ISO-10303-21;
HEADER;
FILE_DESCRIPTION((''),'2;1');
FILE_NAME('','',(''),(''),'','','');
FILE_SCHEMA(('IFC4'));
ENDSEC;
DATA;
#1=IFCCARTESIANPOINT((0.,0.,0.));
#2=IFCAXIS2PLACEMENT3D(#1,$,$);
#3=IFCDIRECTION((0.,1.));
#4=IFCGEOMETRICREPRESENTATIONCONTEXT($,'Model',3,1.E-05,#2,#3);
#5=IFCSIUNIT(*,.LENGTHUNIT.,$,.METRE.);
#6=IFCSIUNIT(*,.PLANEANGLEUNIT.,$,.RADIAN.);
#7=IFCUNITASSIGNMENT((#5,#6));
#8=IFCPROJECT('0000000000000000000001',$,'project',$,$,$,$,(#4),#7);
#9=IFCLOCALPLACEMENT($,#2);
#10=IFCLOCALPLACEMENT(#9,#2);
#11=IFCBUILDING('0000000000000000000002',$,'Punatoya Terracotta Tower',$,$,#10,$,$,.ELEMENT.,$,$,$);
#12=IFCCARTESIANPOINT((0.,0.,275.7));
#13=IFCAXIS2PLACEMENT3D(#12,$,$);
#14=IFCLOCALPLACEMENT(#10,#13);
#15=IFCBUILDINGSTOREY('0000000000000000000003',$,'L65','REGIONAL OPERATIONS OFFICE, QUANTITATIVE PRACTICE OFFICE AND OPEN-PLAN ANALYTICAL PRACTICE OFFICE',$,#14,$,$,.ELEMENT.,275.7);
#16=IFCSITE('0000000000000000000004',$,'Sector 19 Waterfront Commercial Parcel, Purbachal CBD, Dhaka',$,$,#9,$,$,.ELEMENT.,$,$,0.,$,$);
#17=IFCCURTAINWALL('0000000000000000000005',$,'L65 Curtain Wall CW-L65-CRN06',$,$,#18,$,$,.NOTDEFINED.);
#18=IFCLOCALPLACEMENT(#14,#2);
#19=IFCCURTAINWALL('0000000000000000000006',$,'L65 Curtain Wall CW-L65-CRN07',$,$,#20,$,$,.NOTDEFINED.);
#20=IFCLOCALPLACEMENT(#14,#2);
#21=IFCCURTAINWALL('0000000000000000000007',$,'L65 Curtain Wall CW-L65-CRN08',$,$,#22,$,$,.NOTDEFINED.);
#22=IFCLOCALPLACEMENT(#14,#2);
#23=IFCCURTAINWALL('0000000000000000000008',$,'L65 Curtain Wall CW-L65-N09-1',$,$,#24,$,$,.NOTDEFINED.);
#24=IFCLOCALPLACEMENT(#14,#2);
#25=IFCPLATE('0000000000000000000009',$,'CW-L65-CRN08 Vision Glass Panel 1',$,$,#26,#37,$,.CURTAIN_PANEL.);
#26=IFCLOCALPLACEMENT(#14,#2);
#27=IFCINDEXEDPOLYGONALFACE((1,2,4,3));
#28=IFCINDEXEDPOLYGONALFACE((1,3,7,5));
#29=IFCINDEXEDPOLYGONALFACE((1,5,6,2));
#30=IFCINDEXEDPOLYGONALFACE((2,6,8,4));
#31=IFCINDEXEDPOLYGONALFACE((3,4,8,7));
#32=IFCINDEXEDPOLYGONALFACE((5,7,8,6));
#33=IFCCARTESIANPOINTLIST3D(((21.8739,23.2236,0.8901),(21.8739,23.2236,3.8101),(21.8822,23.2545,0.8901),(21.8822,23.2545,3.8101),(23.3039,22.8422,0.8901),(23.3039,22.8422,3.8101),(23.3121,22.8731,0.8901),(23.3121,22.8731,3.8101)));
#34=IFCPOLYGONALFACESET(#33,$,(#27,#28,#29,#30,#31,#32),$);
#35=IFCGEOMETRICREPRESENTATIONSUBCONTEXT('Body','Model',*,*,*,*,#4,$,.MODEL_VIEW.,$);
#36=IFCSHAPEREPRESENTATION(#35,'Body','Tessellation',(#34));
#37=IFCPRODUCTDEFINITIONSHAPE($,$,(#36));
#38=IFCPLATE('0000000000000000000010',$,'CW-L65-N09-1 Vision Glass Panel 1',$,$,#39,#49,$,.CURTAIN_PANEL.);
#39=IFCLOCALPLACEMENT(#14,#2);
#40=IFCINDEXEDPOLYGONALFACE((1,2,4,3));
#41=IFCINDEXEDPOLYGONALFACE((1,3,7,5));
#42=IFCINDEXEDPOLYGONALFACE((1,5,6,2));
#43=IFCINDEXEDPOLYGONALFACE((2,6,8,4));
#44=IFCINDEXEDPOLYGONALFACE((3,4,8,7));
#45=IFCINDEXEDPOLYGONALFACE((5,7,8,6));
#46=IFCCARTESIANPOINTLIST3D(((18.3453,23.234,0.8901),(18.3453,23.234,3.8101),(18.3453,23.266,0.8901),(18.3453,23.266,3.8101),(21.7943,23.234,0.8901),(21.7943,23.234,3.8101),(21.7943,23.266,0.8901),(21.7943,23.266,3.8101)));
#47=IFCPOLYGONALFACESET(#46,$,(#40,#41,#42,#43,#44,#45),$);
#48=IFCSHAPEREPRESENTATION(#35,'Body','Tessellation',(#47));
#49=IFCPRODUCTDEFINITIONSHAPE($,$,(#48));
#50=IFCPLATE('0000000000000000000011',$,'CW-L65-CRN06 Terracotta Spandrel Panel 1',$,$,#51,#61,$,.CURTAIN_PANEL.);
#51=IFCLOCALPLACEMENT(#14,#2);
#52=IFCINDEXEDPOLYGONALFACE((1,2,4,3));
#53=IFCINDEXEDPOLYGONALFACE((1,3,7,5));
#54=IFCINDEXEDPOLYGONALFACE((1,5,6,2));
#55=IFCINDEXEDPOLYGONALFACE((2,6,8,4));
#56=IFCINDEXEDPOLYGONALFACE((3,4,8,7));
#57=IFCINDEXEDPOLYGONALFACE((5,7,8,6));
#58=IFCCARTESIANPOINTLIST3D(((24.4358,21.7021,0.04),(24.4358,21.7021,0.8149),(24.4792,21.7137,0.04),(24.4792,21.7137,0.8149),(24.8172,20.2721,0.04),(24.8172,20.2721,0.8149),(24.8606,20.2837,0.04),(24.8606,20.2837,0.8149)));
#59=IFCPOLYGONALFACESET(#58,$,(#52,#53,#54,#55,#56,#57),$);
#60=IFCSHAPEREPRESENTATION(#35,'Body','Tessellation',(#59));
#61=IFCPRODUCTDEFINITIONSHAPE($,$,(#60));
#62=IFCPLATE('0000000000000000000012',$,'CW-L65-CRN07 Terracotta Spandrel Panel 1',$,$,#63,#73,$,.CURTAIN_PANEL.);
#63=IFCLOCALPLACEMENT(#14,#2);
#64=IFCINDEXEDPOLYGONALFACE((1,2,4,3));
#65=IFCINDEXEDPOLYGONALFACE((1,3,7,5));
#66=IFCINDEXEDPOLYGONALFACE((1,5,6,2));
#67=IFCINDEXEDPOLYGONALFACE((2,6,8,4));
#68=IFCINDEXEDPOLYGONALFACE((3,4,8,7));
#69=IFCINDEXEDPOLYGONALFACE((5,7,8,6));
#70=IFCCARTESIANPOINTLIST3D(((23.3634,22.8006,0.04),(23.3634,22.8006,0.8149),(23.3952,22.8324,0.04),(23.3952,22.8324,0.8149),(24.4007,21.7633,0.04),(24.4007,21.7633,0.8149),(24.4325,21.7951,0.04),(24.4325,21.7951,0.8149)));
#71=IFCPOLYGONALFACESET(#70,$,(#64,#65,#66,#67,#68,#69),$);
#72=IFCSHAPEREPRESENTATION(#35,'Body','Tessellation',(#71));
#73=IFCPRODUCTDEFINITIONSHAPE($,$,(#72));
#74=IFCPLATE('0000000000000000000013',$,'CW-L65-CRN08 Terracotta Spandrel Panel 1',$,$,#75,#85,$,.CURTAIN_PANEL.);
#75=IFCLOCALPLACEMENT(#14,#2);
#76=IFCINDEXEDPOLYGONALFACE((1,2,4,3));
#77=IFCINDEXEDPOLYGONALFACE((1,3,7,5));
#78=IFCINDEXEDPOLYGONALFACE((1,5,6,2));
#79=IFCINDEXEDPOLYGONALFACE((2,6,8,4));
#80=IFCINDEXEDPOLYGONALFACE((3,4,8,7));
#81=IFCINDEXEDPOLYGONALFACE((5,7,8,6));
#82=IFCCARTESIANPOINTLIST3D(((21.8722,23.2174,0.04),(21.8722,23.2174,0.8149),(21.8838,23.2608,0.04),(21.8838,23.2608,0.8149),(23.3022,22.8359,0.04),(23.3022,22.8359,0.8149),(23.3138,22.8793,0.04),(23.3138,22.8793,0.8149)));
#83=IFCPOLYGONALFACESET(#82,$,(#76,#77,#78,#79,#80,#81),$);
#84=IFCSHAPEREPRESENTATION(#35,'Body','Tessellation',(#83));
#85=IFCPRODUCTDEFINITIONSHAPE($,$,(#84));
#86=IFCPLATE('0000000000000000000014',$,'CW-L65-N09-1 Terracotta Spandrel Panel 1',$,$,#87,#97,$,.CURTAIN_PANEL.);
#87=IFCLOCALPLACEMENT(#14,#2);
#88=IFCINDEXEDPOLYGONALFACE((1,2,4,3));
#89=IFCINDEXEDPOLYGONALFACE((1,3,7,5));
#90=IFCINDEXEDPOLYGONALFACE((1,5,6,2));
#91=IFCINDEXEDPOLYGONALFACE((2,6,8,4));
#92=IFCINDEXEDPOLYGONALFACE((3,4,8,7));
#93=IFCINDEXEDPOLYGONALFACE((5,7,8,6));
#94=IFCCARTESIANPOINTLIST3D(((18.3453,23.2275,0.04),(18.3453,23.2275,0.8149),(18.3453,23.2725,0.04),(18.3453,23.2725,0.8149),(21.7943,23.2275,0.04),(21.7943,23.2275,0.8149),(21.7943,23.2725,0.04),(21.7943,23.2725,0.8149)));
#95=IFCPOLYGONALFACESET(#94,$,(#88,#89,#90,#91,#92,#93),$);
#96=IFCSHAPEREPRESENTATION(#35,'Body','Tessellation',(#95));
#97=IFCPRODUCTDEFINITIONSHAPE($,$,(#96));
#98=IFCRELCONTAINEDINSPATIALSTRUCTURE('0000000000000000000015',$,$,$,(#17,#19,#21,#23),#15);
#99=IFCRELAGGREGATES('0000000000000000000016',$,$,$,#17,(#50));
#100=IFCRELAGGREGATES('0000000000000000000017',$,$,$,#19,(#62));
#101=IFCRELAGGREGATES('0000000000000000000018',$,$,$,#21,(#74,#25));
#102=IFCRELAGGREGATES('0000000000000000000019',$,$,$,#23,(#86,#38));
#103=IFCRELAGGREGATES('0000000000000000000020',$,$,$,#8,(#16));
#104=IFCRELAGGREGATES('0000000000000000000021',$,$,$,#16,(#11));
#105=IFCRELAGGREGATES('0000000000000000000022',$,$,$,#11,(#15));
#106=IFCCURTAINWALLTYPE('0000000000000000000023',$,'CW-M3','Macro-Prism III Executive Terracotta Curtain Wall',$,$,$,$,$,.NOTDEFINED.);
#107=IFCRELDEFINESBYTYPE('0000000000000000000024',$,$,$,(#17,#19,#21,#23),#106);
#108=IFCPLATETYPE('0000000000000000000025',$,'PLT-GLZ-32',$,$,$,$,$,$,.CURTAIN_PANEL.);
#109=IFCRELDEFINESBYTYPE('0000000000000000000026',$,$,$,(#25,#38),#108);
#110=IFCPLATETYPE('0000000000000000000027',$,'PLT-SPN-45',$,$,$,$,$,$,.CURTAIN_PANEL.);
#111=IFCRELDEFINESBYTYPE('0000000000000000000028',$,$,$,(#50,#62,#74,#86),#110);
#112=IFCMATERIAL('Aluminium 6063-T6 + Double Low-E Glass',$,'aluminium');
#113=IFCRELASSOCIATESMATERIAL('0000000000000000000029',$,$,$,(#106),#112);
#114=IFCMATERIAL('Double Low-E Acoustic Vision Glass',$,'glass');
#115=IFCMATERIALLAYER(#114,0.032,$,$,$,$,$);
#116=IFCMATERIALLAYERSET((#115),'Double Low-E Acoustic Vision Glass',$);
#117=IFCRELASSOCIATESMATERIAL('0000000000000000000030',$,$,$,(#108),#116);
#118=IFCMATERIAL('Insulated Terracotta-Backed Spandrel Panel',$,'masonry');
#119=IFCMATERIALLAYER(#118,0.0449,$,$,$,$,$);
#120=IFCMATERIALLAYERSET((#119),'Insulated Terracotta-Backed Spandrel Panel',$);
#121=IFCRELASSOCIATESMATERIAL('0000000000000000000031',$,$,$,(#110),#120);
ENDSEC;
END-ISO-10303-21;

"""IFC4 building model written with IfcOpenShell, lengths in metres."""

from ifc_helpers import new_model, si_unit, direction, frame, origin, origin_2d, place, context, subcontext, project, spatial, rectangle, extrude, material, layer, layer_set, type_object, element, aggregate, save


model = new_model("IFC4")

# Units and contexts
model_context = context("Model", 3, precision=1e-05, world=origin(), true_north=direction((0.0, 1.0)))
body_context = subcontext(model_context, "Body", "Model", "MODEL_VIEW")
ifc_project = project(units=[si_unit("LENGTHUNIT", "METRE"), si_unit("PLANEANGLEUNIT", "RADIAN")], contexts=[model_context])

# Site, building, storey
site_placement = place(None, origin())
site = spatial("IfcSite", under=ifc_project, at=site_placement, Name="Sector 19 Waterfront Commercial Parcel, Purbachal CBD, Dhaka", CompositionType="ELEMENT", RefElevation=0.0)
building_placement = place(site_placement, origin())
building = spatial("IfcBuilding", under=site, at=building_placement, Name="Punatoya Terracotta Tower", CompositionType="ELEMENT")
storey_placement = place(building_placement, frame((0.0, 0.0, 275.7)))
storey = spatial("IfcBuildingStorey", under=building, at=storey_placement, Name="L65", Description="REGIONAL OPERATIONS OFFICE, QUANTITATIVE PRACTICE OFFICE AND OPEN-PLAN ANALYTICAL PRACTICE OFFICE", CompositionType="ELEMENT", Elevation=275.7)

# Curtain walls
ifc_material_1 = material(Name="Aluminium 6063-T6 + Double Low-E Glass", Category="aluminium")
curtain_wall_type = type_object("IfcCurtainWallType", Name="CW-M3", Description="Macro-Prism III Executive Terracotta Curtain Wall", PredefinedType="NOTDEFINED", material=ifc_material_1)
curtain_wall_1_placement = place(storey_placement, origin())
curtain_wall_1 = element("IfcCurtainWall", 1, at=curtain_wall_1_placement, inside=storey, type_object=curtain_wall_type, Name="L65 Curtain Wall CW-L65-CRN06", PredefinedType="NOTDEFINED")
curtain_wall_2_placement = place(storey_placement, origin())
curtain_wall_2 = element("IfcCurtainWall", 2, at=curtain_wall_2_placement, inside=storey, type_object=curtain_wall_type, Name="L65 Curtain Wall CW-L65-CRN07", PredefinedType="NOTDEFINED")
curtain_wall_3_placement = place(storey_placement, origin())
curtain_wall_3 = element("IfcCurtainWall", 3, at=curtain_wall_3_placement, inside=storey, type_object=curtain_wall_type, Name="L65 Curtain Wall CW-L65-CRN08", PredefinedType="NOTDEFINED")

# Curtain wall
curtain_wall_4_placement = place(storey_placement, origin())
curtain_wall_4 = element("IfcCurtainWall", 4, at=curtain_wall_4_placement, inside=storey, type_object=curtain_wall_type, Name="L65 Curtain Wall CW-L65-N09-1", PredefinedType="NOTDEFINED")

# Plates
ifc_material_2 = material(Name="Double Low-E Acoustic Vision Glass", Category="glass")
ifc_layer_1 = layer(ifc_material_2, 0.032)
ifc_layer_set_1 = layer_set([ifc_layer_1], Name="Double Low-E Acoustic Vision Glass")
plate_type_1 = type_object("IfcPlateType", Name="PLT-GLZ-32", PredefinedType="CURTAIN_PANEL", material=ifc_layer_set_1)
plate_1_placement = place(storey_placement, frame((22.593, 23.0483, 0.8901), z_axis=(0.0, 0.0, 1.0), x_axis=(-0.966214, 0.257742, 0.0)))
plate_1 = element("IfcPlate", 5, at=plate_1_placement, type_object=plate_type_1, Name="CW-L65-CRN08 Vision Glass Panel 1", PredefinedType="CURTAIN_PANEL", context=body_context, shape_type="SweptSolid", body=[
    extrude(rectangle(XDim=1.48, YDim=0.032, at=origin_2d()), origin(), (0.0, 0.0, 1.0), 2.9199),
])
plate_2_placement = place(storey_placement, frame((20.0698, 23.25, 0.8901), z_axis=(0.0, 0.0, 1.0), x_axis=(-1.0, 0.0, 0.0)))
plate_2 = element("IfcPlate", 6, at=plate_2_placement, type_object=plate_type_1, Name="CW-L65-N09-1 Vision Glass Panel 1", PredefinedType="CURTAIN_PANEL", context=body_context, shape_type="SweptSolid", body=[
    extrude(rectangle(XDim=3.449, YDim=0.032, at=origin_2d()), origin(), (0.0, 0.0, 1.0), 2.9199),
])
ifc_material_3 = material(Name="Insulated Terracotta-Backed Spandrel Panel", Category="masonry")
ifc_layer_2 = layer(ifc_material_3, 0.0449)
ifc_layer_set_2 = layer_set([ifc_layer_2], Name="Insulated Terracotta-Backed Spandrel Panel")
plate_type_2 = type_object("IfcPlateType", Name="PLT-SPN-45", PredefinedType="CURTAIN_PANEL", material=ifc_layer_set_2)
plate_3_placement = place(storey_placement, frame((24.6482, 20.9929, 0.04), z_axis=(0.0, 0.0, 1.0), x_axis=(-0.257742, 0.966214, 0.0)))
plate_3 = element("IfcPlate", 7, at=plate_3_placement, type_object=plate_type_2, Name="CW-L65-CRN06 Terracotta Spandrel Panel 1", PredefinedType="CURTAIN_PANEL", context=body_context, shape_type="SweptSolid", body=[
    extrude(rectangle(XDim=1.48, YDim=0.0449, at=origin_2d()), origin(), (0.0, 0.0, 1.0), 0.7749),
])
aggregate(curtain_wall_1, [plate_3])
plate_4_placement = place(storey_placement, frame((23.8979, 22.2979, 0.04), z_axis=(0.0, 0.0, 1.0), x_axis=(-0.707107, 0.707107, 0.0)))
plate_4 = element("IfcPlate", 8, at=plate_4_placement, type_object=plate_type_2, Name="CW-L65-CRN07 Terracotta Spandrel Panel 1", PredefinedType="CURTAIN_PANEL", context=body_context, shape_type="SweptSolid", body=[
    extrude(rectangle(XDim=1.467, YDim=0.0449, at=origin_2d()), origin(), (0.0, 0.0, 1.0), 0.7749),
])
aggregate(curtain_wall_2, [plate_4])
plate_5_placement = place(storey_placement, frame((22.593, 23.0483, 0.04), z_axis=(0.0, 0.0, 1.0), x_axis=(-0.966214, 0.257742, 0.0)))
plate_5 = element("IfcPlate", 9, at=plate_5_placement, type_object=plate_type_2, Name="CW-L65-CRN08 Terracotta Spandrel Panel 1", PredefinedType="CURTAIN_PANEL", context=body_context, shape_type="SweptSolid", body=[
    extrude(rectangle(XDim=1.48, YDim=0.0449, at=origin_2d()), origin(), (0.0, 0.0, 1.0), 0.7749),
])
aggregate(curtain_wall_3, [plate_5, plate_1])
plate_6_placement = place(storey_placement, frame((20.0698, 23.25, 0.04), z_axis=(0.0, 0.0, 1.0), x_axis=(-1.0, 0.0, 0.0)))
plate_6 = element("IfcPlate", 10, at=plate_6_placement, type_object=plate_type_2, Name="CW-L65-N09-1 Terracotta Spandrel Panel 1", PredefinedType="CURTAIN_PANEL", context=body_context, shape_type="SweptSolid", body=[
    extrude(rectangle(XDim=3.449, YDim=0.0449, at=origin_2d()), origin(), (0.0, 0.0, 1.0), 0.7749),
])
aggregate(curtain_wall_4, [plate_6, plate_2])

save(model, "model.ifc")
